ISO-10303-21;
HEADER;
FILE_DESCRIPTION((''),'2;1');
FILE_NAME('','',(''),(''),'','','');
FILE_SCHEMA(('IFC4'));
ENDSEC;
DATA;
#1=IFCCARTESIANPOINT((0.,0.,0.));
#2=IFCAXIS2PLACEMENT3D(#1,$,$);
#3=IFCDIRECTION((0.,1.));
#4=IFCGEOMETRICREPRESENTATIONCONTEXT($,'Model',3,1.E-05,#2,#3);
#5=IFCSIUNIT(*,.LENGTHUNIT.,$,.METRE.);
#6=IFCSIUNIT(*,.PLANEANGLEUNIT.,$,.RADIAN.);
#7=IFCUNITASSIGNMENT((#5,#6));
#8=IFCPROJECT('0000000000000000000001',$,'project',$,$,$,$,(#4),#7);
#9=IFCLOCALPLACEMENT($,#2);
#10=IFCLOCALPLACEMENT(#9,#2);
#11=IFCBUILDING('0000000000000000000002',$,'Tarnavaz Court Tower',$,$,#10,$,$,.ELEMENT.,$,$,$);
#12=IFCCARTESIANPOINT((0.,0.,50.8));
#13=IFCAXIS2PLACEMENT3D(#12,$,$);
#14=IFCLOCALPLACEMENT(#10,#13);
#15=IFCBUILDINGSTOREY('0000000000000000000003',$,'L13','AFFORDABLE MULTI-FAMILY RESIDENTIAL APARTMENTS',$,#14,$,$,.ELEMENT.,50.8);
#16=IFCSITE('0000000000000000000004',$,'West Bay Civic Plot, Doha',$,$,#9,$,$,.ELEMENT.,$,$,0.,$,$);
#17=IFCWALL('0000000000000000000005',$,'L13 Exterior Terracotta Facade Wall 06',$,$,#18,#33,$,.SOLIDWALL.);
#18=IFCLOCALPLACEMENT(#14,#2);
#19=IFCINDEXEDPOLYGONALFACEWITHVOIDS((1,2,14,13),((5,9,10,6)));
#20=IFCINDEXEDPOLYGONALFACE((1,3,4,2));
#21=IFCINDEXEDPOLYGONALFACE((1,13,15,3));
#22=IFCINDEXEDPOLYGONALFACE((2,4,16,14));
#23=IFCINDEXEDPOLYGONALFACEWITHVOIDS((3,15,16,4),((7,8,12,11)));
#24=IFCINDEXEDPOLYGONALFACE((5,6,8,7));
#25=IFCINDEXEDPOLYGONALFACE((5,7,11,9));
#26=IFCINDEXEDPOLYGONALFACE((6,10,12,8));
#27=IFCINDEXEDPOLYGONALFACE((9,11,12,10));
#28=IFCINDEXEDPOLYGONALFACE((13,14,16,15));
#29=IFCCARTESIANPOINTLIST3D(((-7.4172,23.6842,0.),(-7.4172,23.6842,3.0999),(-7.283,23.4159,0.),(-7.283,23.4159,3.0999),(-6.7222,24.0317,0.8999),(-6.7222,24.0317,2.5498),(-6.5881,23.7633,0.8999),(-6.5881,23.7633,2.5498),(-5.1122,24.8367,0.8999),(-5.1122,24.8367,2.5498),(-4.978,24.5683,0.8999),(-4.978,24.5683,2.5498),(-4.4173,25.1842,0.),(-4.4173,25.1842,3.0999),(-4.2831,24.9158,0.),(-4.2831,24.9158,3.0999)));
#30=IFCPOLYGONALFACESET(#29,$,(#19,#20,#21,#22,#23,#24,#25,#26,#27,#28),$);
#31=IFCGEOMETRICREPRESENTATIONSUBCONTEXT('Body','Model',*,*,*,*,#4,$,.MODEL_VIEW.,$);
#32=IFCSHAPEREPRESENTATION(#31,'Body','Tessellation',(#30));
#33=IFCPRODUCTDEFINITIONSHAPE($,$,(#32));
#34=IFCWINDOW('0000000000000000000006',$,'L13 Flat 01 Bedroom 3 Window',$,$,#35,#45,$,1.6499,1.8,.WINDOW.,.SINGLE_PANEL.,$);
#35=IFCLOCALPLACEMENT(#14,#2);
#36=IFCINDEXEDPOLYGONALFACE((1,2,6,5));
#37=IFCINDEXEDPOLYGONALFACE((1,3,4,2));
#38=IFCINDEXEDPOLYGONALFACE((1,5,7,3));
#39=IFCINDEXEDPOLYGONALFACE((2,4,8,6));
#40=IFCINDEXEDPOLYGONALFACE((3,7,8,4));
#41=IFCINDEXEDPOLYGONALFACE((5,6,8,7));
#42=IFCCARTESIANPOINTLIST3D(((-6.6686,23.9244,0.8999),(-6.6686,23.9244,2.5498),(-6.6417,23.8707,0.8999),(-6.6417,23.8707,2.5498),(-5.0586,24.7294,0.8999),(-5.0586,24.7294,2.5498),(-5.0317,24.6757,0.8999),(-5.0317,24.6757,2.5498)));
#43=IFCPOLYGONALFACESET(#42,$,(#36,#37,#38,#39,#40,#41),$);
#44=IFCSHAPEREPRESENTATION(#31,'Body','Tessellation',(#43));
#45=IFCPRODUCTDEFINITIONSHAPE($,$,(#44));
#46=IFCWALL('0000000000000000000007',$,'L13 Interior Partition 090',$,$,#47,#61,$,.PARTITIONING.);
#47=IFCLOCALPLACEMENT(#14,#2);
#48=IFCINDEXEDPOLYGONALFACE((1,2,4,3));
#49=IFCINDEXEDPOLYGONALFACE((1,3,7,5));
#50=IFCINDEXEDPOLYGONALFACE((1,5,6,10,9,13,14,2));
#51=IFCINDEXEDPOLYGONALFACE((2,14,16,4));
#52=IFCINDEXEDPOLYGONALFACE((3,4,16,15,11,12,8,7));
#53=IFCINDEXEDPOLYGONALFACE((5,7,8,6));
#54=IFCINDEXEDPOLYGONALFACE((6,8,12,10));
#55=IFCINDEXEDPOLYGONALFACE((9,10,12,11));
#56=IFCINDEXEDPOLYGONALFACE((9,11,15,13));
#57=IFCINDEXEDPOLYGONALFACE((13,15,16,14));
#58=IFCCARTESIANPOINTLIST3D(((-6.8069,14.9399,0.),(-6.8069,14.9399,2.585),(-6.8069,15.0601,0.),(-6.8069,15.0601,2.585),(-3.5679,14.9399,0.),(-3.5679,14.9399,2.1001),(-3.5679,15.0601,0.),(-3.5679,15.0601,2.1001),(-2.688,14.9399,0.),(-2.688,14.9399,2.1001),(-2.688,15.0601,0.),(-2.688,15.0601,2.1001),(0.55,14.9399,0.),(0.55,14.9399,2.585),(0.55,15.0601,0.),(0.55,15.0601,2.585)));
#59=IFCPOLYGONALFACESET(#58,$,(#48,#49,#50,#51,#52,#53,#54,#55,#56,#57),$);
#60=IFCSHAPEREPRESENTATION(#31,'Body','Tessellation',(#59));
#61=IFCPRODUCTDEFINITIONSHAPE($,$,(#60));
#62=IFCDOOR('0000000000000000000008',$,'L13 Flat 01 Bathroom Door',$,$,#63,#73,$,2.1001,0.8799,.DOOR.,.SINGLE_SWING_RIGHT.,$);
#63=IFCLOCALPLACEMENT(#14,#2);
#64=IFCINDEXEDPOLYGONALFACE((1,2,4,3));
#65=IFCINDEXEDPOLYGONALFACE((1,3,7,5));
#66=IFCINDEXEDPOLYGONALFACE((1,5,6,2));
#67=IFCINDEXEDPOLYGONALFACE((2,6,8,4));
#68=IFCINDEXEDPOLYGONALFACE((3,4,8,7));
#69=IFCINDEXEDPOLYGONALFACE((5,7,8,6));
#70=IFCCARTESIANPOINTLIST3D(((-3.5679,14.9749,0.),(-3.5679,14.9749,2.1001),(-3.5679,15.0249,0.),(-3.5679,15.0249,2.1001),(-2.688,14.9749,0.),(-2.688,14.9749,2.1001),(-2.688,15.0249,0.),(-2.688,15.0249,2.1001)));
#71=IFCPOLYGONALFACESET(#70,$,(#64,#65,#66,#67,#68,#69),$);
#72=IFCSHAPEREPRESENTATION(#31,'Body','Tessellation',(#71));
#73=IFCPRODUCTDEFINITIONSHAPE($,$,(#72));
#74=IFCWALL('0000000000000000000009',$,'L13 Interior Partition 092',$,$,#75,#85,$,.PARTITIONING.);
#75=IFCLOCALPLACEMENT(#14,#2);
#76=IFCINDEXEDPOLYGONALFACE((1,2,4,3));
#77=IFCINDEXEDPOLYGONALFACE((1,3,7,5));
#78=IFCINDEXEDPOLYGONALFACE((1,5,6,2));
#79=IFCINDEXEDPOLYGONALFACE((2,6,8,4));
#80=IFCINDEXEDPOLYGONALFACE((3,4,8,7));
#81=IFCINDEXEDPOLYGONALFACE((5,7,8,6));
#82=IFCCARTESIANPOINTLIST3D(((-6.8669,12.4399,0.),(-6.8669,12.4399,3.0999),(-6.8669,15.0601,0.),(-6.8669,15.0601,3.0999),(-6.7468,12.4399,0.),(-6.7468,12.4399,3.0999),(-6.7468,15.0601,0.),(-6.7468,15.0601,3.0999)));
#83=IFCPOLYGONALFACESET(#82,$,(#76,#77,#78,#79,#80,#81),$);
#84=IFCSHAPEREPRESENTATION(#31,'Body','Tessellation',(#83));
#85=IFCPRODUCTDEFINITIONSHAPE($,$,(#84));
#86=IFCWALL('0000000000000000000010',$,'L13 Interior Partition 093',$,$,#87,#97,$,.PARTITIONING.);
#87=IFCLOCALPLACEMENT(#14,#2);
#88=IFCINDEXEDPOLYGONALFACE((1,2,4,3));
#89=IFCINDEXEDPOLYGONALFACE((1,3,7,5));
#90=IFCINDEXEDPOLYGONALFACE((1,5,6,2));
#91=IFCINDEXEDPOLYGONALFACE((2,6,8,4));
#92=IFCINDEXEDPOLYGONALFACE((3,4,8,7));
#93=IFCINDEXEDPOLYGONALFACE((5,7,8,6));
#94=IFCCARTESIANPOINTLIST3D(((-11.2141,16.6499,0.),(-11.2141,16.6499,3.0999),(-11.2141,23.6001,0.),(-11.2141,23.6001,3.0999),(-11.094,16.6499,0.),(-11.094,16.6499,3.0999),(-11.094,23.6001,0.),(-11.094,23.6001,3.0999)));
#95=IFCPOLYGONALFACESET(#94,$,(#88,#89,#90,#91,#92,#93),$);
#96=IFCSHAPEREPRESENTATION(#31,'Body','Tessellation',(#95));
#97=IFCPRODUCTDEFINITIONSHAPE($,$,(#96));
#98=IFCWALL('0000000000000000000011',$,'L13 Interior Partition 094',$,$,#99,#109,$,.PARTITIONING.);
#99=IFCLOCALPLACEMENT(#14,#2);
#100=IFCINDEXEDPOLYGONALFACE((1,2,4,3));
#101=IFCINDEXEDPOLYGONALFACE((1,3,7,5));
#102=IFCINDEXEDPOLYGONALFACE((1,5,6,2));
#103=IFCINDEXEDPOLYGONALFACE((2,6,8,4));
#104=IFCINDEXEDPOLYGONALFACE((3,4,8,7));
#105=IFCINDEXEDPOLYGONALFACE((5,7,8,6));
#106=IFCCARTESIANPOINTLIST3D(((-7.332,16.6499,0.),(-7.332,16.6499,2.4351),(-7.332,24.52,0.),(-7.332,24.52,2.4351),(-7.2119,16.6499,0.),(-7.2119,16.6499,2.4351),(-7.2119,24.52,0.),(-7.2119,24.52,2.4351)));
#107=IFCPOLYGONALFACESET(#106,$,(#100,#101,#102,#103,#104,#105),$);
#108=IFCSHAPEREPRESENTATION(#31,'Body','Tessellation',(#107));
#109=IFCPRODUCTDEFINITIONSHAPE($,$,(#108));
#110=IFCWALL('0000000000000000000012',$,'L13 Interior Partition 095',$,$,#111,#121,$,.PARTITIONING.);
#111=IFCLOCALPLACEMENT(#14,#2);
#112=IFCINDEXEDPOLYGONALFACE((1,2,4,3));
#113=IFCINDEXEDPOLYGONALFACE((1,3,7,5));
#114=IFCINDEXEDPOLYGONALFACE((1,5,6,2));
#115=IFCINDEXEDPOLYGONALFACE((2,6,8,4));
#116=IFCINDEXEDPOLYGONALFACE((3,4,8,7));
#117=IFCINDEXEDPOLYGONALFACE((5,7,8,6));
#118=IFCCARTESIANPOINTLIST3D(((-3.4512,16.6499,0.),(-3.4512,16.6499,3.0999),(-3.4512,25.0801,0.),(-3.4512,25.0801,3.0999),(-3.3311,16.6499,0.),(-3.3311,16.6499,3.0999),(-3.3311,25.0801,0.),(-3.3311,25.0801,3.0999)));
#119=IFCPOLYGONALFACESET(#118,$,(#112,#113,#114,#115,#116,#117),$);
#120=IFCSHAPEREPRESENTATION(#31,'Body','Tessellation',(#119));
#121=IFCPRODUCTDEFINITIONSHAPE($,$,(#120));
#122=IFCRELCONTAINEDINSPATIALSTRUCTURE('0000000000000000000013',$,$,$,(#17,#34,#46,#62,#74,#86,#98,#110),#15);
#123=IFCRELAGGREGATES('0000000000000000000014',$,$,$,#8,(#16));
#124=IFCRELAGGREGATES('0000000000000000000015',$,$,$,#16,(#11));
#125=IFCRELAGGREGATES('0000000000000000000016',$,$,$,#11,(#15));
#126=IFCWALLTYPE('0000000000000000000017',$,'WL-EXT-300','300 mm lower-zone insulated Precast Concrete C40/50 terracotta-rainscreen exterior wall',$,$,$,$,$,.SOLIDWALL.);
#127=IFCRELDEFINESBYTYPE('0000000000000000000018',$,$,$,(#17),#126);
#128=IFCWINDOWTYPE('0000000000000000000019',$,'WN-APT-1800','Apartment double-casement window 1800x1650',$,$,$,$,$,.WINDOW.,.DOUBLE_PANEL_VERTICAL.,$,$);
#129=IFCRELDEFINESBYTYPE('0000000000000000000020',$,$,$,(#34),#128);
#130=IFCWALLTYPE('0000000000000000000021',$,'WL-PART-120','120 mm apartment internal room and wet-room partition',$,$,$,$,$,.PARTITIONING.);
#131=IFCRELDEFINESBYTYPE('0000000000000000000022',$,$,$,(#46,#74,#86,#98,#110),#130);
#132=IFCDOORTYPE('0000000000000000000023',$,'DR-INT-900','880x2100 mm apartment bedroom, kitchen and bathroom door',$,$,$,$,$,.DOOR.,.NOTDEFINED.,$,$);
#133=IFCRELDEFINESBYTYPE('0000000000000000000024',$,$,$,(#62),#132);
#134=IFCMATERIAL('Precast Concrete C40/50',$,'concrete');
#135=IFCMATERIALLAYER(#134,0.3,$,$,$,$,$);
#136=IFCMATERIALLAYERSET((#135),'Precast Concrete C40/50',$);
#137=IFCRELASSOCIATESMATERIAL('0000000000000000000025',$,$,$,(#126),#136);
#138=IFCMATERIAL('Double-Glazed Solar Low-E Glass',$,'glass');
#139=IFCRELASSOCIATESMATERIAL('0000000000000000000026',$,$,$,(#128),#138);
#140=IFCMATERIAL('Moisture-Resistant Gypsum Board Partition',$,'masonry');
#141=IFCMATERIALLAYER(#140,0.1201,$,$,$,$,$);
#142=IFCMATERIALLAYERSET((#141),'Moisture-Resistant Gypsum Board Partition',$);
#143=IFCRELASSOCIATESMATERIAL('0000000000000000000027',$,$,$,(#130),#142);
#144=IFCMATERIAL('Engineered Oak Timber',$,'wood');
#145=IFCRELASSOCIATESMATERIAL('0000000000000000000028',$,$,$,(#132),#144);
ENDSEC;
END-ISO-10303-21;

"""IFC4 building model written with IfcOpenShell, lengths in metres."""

from ifc_helpers import new_model, si_unit, direction, frame, frame_2d, origin, place, context, subcontext, project, spatial, rectangle, extrude, material, layer, layer_set, type_object, element, fill, save


model = new_model("IFC4")

# Units and contexts
model_context = context("Model", 3, precision=1e-05, world=origin(), true_north=direction((0.0, 1.0)))
body_context = subcontext(model_context, "Body", "Model", "MODEL_VIEW")
ifc_project = project(units=[si_unit("LENGTHUNIT", "METRE"), si_unit("PLANEANGLEUNIT", "RADIAN")], contexts=[model_context])

# Site, building, storey
site_placement = place(None, origin())
site = spatial("IfcSite", under=ifc_project, at=site_placement, Name="West Bay Civic Plot, Doha", CompositionType="ELEMENT", RefElevation=0.0)
building_placement = place(site_placement, origin())
building = spatial("IfcBuilding", under=site, at=building_placement, Name="Tarnavaz Court Tower", CompositionType="ELEMENT")
storey_placement = place(building_placement, frame((0.0, 0.0, 50.8)))
storey = spatial("IfcBuildingStorey", under=building, at=storey_placement, Name="L13", Description="AFFORDABLE MULTI-FAMILY RESIDENTIAL APARTMENTS", CompositionType="ELEMENT", Elevation=50.8)

# Shared definitions
ifc_material_1 = material(Name="Double-Glazed Solar Low-E Glass", Category="glass")

# Wall, opening, window
ifc_material_2 = material(Name="Precast Concrete C40/50", Category="concrete")
ifc_layer_1 = layer(ifc_material_2, 0.3)
ifc_layer_set_1 = layer_set([ifc_layer_1], Name="Precast Concrete C40/50")
wall_type_1 = type_object("IfcWallType", Name="WL-EXT-300", Description="300 mm lower-zone insulated Precast Concrete C40/50 terracotta-rainscreen exterior wall", PredefinedType="SOLIDWALL", material=ifc_layer_set_1)
wall_1_placement = place(storey_placement, frame((-7.3501, 23.55, 0.0), z_axis=(0.0, 0.0, 1.0), x_axis=(0.894427, 0.447214, 0.0)))
wall_1 = element("IfcWall", 1, at=wall_1_placement, inside=storey, type_object=wall_type_1, Name="L13 Exterior Terracotta Facade Wall 06", PredefinedType="SOLIDWALL", context=body_context, shape_type="SweptSolid", body=[
    extrude(rectangle(XDim=3.354, YDim=0.3, at=frame_2d((1.677, 0.0))), origin(), (0.0, 0.0, 1.0), 3.0999),
])
opening_1_placement = place(wall_1_placement, frame((0.7771, 0.0, 0.8999)))
opening_1 = element("IfcOpeningElement", 2, at=opening_1_placement, cuts=wall_1, PredefinedType="OPENING", context=body_context, shape_type="SweptSolid", body=[
    extrude(rectangle(XDim=1.8, YDim=1.6499, at=frame_2d((0.8999, 0.825))), frame((0.0, 0.1599, 0.0), z_axis=(0.0, -1.0, 0.0), x_axis=(1.0, 0.0, 0.0)), (0.0, 0.0, 1.0), 0.3201),
])
window_type = type_object("IfcWindowType", Name="WN-APT-1800", Description="Apartment double-casement window 1800x1650", PartitioningType="DOUBLE_PANEL_VERTICAL", PredefinedType="WINDOW", material=ifc_material_1)
window_placement = place(opening_1_placement, origin())
window = element("IfcWindow", 3, at=window_placement, inside=storey, type_object=window_type, Name="L13 Flat 01 Bedroom 3 Window", OverallHeight=1.6499, OverallWidth=1.8, PartitioningType="SINGLE_PANEL", PredefinedType="WINDOW", context=body_context, shape_type="SweptSolid", body=[
    extrude(rectangle(XDim=1.8, YDim=1.6499, at=frame_2d((0.8999, 0.825))), frame((0.0, 0.03, 0.0), z_axis=(0.0, -1.0, 0.0), x_axis=(1.0, 0.0, 0.0)), (0.0, 0.0, 1.0), 0.0601),
])
fill(opening_1, window)

# Wall, opening, door
ifc_material_3 = material(Name="Moisture-Resistant Gypsum Board Partition", Category="masonry")
ifc_layer_2 = layer(ifc_material_3, 0.1201)
ifc_layer_set_2 = layer_set([ifc_layer_2], Name="Moisture-Resistant Gypsum Board Partition")
wall_type_2 = type_object("IfcWallType", Name="WL-PART-120", Description="120 mm apartment internal room and wet-room partition", PredefinedType="PARTITIONING", material=ifc_layer_set_2)
wall_2_placement = place(storey_placement, frame((-6.8069, 15.0, 0.0), z_axis=(0.0, 0.0, 1.0), x_axis=(1.0, 0.0, 0.0)))
wall_2 = element("IfcWall", 4, at=wall_2_placement, inside=storey, type_object=wall_type_2, Name="L13 Interior Partition 090", PredefinedType="PARTITIONING", context=body_context, shape_type="SweptSolid", body=[
    extrude(rectangle(XDim=7.3569, YDim=0.1201, at=frame_2d((3.6785, 0.0))), origin(), (0.0, 0.0, 1.0), 2.585),
])
opening_2_placement = place(wall_2_placement, frame((3.239, 0.0, 0.0)))
opening_2 = element("IfcOpeningElement", 5, at=opening_2_placement, cuts=wall_2, PredefinedType="OPENING", context=body_context, shape_type="SweptSolid", body=[
    extrude(rectangle(XDim=0.8799, YDim=2.1001, at=frame_2d((0.4399, 1.05))), frame((0.0, 0.0701, 0.0), z_axis=(0.0, -1.0, 0.0), x_axis=(1.0, 0.0, 0.0)), (0.0, 0.0, 1.0), 0.1401),
])
ifc_material_4 = material(Name="Engineered Oak Timber", Category="wood")
door_type = type_object("IfcDoorType", Name="DR-INT-900", Description="880x2100 mm apartment bedroom, kitchen and bathroom door", OperationType="NOTDEFINED", PredefinedType="DOOR", material=ifc_material_4)
door_placement = place(opening_2_placement, origin())
door = element("IfcDoor", 6, at=door_placement, inside=storey, type_object=door_type, Name="L13 Flat 01 Bathroom Door", OperationType="SINGLE_SWING_RIGHT", OverallHeight=2.1001, OverallWidth=0.8799, PredefinedType="DOOR", context=body_context, shape_type="SweptSolid", body=[
    extrude(rectangle(XDim=0.8799, YDim=2.1001, at=frame_2d((0.4399, 1.05))), frame((0.0, 0.0249, 0.0), z_axis=(0.0, -1.0, 0.0), x_axis=(1.0, 0.0, 0.0)), (0.0, 0.0, 1.0), 0.05),
])
fill(opening_2, door)

# Walls
wall_3_placement = place(storey_placement, frame((-6.8069, 12.4399, 0.0), z_axis=(0.0, 0.0, 1.0), x_axis=(0.0, 1.0, 0.0)))
element("IfcWall", 7, at=wall_3_placement, inside=storey, type_object=wall_type_2, Name="L13 Interior Partition 092", PredefinedType="PARTITIONING", context=body_context, shape_type="SweptSolid", body=[
    extrude(rectangle(XDim=2.6201, YDim=0.1201, at=frame_2d((1.3101, 0.0))), origin(), (0.0, 0.0, 1.0), 3.0999),
])
wall_4_placement = place(storey_placement, frame((-11.1541, 16.6499, 0.0), z_axis=(0.0, 0.0, 1.0), x_axis=(0.0, 1.0, 0.0)))
element("IfcWall", 8, at=wall_4_placement, inside=storey, type_object=wall_type_2, Name="L13 Interior Partition 093", PredefinedType="PARTITIONING", context=body_context, shape_type="SweptSolid", body=[
    extrude(rectangle(XDim=6.9502, YDim=0.1201, at=frame_2d((3.4751, 0.0))), origin(), (0.0, 0.0, 1.0), 3.0999),
])
wall_5_placement = place(storey_placement, frame((-7.272, 16.6499, 0.0), z_axis=(0.0, 0.0, 1.0), x_axis=(0.0, 1.0, 0.0)))
element("IfcWall", 9, at=wall_5_placement, inside=storey, type_object=wall_type_2, Name="L13 Interior Partition 094", PredefinedType="PARTITIONING", context=body_context, shape_type="SweptSolid", body=[
    extrude(rectangle(XDim=7.8701, YDim=0.1201, at=frame_2d((3.9351, 0.0))), origin(), (0.0, 0.0, 1.0), 2.4351),
])
wall_6_placement = place(storey_placement, frame((-3.3911, 16.6499, 0.0), z_axis=(0.0, 0.0, 1.0), x_axis=(0.0, 1.0, 0.0)))
element("IfcWall", 10, at=wall_6_placement, inside=storey, type_object=wall_type_2, Name="L13 Interior Partition 095", PredefinedType="PARTITIONING", context=body_context, shape_type="SweptSolid", body=[
    extrude(rectangle(XDim=8.4302, YDim=0.1201, at=frame_2d((4.2151, 0.0))), origin(), (0.0, 0.0, 1.0), 3.0999),
])

save(model, "model.ifc")
